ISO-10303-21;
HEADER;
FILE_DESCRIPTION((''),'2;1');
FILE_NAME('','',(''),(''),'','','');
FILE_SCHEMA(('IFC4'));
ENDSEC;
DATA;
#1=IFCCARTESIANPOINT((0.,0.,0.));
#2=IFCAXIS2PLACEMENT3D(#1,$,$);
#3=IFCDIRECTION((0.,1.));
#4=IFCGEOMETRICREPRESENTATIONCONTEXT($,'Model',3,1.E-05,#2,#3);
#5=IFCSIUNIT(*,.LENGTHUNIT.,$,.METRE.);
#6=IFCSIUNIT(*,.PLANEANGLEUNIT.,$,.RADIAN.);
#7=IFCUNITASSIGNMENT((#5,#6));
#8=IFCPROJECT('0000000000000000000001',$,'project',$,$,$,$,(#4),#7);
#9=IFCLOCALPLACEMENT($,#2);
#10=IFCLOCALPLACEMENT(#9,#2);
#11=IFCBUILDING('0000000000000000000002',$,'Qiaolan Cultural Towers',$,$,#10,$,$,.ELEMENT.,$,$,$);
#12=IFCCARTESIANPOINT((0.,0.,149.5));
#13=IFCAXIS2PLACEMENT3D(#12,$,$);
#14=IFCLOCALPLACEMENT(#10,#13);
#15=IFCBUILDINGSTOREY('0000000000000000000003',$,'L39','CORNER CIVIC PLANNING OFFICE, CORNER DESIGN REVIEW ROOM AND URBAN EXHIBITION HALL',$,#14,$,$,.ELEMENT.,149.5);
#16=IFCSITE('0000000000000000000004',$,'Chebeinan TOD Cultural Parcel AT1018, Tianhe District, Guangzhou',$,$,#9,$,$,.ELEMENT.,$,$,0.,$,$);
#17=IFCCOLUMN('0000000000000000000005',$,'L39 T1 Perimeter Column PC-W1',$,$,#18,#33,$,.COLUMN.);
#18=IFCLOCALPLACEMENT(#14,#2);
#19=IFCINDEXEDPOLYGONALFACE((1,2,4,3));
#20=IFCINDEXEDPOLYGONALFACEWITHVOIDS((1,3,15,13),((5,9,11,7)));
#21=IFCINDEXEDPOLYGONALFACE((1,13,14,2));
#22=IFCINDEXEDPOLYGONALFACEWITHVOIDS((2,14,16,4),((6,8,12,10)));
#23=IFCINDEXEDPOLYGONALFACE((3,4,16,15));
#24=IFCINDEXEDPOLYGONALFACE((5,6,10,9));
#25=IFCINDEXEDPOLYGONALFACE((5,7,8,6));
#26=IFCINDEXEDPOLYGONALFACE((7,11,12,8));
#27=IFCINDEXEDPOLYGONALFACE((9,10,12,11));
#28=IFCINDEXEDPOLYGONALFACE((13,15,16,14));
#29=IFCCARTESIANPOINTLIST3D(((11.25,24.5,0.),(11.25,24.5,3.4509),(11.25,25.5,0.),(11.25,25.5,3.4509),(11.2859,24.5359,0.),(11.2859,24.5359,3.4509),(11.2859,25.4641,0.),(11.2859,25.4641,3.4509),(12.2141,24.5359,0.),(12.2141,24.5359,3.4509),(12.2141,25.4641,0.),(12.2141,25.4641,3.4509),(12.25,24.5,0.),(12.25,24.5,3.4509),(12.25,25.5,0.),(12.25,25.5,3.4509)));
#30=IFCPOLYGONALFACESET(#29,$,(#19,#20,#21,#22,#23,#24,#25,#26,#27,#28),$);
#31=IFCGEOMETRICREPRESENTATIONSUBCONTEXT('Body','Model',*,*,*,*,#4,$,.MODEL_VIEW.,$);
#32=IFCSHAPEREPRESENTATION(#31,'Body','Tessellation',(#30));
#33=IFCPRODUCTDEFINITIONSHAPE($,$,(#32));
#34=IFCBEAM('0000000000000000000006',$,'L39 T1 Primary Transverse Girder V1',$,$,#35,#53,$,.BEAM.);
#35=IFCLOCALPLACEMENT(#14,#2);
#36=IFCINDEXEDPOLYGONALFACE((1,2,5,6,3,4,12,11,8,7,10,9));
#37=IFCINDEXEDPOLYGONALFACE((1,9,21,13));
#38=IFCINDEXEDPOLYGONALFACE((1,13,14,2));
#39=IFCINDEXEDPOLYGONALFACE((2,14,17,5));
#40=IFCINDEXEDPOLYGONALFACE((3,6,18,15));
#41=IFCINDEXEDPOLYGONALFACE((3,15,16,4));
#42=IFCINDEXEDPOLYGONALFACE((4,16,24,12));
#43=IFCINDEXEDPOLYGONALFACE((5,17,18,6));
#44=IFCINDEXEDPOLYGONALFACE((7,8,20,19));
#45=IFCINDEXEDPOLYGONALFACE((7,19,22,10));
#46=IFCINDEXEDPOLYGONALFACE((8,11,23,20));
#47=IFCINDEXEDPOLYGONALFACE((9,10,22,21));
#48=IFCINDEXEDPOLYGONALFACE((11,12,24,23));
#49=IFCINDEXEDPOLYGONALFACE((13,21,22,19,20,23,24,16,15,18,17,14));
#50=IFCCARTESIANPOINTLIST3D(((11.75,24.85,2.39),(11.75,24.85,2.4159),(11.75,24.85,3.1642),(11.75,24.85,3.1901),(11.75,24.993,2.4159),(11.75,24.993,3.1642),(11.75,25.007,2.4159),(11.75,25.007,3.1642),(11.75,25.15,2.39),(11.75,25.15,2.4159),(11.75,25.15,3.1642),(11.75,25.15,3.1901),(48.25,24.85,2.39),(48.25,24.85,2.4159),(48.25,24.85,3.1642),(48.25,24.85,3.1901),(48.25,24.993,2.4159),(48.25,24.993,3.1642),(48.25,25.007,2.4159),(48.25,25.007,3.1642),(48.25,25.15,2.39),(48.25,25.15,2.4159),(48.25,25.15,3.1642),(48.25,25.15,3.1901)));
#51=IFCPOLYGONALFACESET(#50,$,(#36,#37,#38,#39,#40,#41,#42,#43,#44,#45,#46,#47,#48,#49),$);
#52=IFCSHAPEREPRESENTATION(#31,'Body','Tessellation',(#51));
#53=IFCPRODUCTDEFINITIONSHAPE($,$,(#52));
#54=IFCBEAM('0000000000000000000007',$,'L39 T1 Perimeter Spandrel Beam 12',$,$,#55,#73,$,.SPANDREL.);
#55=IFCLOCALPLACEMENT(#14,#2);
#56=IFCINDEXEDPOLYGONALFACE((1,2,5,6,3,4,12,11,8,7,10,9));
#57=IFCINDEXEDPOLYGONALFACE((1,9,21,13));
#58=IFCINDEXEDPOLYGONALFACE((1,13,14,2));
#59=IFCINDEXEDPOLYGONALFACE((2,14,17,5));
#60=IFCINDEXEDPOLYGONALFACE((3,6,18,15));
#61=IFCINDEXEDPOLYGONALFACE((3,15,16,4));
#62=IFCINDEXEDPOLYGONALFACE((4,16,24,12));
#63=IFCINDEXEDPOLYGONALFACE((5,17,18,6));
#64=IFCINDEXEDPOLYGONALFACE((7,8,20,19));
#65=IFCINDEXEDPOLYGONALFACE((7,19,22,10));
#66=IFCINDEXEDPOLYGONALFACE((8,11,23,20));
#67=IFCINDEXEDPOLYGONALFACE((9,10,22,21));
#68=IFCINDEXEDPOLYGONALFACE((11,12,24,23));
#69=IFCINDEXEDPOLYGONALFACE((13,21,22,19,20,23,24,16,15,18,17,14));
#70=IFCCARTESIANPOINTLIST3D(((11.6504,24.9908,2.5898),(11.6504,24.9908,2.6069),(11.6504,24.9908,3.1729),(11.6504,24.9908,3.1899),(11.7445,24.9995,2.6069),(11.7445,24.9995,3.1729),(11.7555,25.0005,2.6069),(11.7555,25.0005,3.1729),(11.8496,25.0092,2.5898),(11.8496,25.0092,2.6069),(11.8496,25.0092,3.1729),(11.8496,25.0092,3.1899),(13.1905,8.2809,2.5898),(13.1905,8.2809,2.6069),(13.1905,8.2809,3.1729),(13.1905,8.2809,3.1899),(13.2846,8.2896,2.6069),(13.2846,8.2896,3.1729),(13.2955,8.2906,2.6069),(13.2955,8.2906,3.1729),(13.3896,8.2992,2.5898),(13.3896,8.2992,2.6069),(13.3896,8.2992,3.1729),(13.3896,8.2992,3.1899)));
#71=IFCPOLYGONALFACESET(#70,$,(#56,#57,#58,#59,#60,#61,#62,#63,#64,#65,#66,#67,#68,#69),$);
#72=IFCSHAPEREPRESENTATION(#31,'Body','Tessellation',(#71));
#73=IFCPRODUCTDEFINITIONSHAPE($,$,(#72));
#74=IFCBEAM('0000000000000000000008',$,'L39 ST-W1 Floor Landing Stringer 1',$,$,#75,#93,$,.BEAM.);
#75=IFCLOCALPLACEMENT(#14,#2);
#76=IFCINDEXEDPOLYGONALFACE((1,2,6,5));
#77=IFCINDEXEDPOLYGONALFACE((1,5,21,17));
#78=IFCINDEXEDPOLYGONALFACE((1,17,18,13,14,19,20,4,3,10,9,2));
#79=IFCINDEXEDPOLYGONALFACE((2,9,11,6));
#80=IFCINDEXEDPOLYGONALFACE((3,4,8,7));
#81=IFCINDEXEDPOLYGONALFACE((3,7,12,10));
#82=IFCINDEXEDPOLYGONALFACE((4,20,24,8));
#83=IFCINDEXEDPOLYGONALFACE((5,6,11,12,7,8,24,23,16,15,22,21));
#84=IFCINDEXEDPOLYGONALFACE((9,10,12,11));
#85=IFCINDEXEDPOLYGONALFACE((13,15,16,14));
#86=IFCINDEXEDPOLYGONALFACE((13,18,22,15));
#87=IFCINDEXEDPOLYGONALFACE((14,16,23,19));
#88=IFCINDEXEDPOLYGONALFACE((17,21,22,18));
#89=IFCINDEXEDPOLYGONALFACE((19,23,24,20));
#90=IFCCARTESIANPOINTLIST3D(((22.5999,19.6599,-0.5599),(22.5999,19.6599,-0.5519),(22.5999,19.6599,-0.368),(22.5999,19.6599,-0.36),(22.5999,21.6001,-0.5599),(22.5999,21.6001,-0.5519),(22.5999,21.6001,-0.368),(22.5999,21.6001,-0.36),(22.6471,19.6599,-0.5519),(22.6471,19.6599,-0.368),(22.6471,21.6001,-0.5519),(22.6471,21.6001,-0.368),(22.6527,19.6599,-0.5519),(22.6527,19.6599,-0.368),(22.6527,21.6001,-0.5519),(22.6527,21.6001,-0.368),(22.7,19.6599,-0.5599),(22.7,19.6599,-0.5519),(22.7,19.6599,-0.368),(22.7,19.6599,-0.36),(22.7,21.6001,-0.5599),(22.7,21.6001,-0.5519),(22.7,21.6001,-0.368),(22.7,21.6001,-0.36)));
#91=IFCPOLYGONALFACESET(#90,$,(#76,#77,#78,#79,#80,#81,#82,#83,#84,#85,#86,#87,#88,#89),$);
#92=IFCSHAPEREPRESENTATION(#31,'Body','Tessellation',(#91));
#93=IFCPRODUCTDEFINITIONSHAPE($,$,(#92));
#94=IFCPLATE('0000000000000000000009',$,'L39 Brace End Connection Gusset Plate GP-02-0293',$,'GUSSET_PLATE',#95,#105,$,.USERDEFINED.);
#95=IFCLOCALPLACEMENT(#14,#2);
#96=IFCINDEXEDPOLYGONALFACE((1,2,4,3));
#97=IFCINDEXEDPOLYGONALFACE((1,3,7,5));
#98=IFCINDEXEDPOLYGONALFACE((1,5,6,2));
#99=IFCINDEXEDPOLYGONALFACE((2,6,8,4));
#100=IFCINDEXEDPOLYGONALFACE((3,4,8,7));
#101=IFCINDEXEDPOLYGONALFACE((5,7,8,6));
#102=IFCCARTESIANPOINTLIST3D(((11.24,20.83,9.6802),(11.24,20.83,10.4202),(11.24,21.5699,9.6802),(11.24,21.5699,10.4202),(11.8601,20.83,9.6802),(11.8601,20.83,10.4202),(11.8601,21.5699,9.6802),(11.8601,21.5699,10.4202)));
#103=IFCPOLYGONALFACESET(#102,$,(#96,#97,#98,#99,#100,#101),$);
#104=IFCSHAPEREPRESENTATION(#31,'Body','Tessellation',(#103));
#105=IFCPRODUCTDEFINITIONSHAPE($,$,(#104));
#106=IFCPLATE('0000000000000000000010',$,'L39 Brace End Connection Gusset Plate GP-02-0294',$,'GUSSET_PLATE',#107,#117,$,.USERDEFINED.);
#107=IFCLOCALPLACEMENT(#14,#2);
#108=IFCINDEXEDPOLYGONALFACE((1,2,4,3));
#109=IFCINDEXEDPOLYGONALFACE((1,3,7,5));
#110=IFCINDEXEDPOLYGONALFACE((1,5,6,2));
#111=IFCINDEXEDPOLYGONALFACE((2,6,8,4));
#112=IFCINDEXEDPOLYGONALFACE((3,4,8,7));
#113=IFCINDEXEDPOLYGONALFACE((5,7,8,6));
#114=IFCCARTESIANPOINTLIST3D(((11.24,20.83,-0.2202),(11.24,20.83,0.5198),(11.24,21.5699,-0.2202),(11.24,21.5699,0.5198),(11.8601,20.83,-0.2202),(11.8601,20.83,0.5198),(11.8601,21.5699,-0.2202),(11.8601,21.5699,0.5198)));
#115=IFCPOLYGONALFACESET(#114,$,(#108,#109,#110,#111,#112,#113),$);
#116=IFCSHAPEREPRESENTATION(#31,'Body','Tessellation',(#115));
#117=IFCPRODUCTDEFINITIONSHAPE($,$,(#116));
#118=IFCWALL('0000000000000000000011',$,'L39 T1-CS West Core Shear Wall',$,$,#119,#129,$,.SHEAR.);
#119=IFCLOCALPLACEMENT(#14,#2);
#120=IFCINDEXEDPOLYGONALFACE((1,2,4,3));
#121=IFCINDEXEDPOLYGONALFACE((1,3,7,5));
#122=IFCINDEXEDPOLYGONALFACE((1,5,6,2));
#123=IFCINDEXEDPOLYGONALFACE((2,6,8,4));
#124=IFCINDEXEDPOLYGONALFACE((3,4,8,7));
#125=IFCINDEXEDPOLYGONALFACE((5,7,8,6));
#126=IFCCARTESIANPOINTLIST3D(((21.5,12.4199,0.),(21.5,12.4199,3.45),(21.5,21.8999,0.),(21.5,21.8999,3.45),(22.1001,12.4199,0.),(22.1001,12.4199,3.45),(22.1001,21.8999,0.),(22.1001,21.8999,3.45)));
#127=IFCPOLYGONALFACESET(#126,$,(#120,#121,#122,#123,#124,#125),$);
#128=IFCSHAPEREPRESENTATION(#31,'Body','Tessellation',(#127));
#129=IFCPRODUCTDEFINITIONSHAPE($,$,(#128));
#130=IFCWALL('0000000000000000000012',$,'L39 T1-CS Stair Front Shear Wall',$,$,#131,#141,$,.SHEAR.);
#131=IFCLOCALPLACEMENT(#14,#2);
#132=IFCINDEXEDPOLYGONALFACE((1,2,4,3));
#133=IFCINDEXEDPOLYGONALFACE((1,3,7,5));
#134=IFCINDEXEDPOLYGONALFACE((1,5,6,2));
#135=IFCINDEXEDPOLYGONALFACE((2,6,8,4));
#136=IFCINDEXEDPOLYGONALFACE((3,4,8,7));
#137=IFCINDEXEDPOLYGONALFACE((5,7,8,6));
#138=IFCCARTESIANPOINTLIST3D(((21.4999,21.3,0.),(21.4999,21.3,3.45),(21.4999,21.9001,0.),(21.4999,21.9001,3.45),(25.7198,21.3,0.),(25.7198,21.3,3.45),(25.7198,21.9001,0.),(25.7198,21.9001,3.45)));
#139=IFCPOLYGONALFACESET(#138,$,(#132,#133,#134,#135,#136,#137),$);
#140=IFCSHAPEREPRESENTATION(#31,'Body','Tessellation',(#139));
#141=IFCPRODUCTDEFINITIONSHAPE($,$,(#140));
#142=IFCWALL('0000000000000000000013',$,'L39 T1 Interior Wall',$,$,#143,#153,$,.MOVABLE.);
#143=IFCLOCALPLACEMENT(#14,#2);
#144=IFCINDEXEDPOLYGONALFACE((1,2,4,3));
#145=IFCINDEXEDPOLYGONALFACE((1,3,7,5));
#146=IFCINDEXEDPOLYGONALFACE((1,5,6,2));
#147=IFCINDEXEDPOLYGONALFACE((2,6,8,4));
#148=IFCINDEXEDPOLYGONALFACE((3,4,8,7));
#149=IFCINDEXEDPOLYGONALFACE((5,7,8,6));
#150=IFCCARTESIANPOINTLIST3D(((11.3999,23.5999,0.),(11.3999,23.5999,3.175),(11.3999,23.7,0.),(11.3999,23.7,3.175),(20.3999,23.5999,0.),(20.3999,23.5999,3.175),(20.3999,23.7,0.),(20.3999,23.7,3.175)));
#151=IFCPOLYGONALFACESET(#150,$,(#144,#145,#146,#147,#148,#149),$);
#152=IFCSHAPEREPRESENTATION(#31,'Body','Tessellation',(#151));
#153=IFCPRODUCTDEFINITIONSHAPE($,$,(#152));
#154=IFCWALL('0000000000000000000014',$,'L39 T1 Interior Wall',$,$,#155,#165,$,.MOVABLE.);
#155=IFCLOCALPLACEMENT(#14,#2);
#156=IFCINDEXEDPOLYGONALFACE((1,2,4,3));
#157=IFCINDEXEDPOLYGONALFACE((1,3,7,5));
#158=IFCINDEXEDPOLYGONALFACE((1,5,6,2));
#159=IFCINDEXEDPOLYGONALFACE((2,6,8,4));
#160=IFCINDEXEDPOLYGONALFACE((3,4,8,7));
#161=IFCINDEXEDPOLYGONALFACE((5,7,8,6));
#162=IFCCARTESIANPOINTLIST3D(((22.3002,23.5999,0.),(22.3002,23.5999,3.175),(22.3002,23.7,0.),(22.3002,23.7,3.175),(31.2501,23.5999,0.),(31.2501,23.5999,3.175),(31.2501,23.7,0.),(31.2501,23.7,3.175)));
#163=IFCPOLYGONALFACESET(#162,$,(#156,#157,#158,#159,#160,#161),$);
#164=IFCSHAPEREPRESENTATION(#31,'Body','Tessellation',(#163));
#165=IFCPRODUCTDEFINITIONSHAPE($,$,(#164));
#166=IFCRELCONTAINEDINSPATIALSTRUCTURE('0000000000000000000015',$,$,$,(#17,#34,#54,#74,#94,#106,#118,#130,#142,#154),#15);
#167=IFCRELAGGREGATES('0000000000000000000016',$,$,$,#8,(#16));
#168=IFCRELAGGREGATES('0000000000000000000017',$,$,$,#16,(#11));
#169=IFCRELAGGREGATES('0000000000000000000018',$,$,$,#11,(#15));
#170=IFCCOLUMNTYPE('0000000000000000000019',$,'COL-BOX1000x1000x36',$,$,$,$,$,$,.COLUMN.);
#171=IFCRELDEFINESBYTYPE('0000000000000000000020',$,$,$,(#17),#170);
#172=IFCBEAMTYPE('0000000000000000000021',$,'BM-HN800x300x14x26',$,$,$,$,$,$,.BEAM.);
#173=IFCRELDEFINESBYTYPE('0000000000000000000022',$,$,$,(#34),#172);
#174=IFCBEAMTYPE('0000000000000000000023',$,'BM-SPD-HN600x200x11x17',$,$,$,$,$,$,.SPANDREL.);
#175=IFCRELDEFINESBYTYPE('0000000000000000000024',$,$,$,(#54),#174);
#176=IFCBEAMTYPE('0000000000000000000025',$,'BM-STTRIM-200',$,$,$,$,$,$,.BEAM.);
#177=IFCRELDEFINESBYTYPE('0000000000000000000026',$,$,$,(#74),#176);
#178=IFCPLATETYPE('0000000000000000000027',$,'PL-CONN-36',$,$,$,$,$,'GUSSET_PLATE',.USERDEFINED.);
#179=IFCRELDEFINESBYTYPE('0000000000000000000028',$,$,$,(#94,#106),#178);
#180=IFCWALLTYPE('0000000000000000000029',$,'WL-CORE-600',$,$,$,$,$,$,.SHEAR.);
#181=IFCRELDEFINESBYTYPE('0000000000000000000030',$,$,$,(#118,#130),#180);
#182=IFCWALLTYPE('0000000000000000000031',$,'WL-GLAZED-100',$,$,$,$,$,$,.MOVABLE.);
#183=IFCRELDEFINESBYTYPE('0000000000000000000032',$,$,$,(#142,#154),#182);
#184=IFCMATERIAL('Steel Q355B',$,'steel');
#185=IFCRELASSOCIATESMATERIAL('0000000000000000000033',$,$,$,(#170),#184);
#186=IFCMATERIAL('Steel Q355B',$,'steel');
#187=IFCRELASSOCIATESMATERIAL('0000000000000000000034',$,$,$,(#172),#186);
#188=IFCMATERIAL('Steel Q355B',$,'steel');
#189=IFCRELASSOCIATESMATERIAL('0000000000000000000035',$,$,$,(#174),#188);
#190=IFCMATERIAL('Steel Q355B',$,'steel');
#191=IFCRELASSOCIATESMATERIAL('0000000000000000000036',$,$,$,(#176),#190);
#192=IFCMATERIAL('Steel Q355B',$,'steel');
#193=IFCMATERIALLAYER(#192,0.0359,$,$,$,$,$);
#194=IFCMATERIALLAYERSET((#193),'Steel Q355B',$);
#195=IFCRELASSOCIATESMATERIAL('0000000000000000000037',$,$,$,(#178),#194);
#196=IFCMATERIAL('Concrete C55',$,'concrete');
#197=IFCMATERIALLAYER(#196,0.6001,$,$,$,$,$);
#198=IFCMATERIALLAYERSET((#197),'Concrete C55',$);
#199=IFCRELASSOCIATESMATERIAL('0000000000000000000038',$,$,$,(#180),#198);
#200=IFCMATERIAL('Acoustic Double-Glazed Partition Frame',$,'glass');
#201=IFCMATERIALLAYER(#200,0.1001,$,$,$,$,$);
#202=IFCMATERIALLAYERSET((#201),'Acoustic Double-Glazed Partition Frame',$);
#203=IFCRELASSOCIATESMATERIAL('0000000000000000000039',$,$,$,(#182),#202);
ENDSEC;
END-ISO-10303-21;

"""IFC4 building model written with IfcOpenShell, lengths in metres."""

from ifc_helpers import new_model, si_unit, direction, frame, frame_2d, origin, origin_2d, place, context, subcontext, project, spatial, rectangle, hollow_rectangle, i_section, extrude, material, layer, layer_set, material_profile, profile_set, type_object, element, save


model = new_model("IFC4")

# Units and contexts
model_context = context("Model", 3, precision=1e-05, world=origin(), true_north=direction((0.0, 1.0)))
body_context = subcontext(model_context, "Body", "Model", "MODEL_VIEW")
ifc_project = project(units=[si_unit("LENGTHUNIT", "METRE"), si_unit("PLANEANGLEUNIT", "RADIAN")], contexts=[model_context])

# Site, building, storey
site_placement = place(None, origin())
site = spatial("IfcSite", under=ifc_project, at=site_placement, Name="Chebeinan TOD Cultural Parcel AT1018, Tianhe District, Guangzhou", CompositionType="ELEMENT", RefElevation=0.0)
building_placement = place(site_placement, origin())
building = spatial("IfcBuilding", under=site, at=building_placement, Name="Qiaolan Cultural Towers", CompositionType="ELEMENT")
storey_placement = place(building_placement, frame((0.0, 0.0, 149.5)))
storey = spatial("IfcBuildingStorey", under=building, at=storey_placement, Name="L39", Description="CORNER CIVIC PLANNING OFFICE, CORNER DESIGN REVIEW ROOM AND URBAN EXHIBITION HALL", CompositionType="ELEMENT", Elevation=149.5)

# Column
ifc_material_1 = material(Name="Steel Q355B", Category="steel")
ifc_material_profile_1 = material_profile(ifc_material_1, hollow_rectangle(XDim=1.0, YDim=1.0, WallThickness=0.0359, at=origin_2d()), Name="BOX1000x1000x36")
ifc_profile_set_1 = profile_set([ifc_material_profile_1], Name="Steel Q355B")
column_type = type_object("IfcColumnType", Name="COL-BOX1000x1000x36", PredefinedType="COLUMN", material=ifc_profile_set_1)
column_placement = place(storey_placement, frame((11.75, 25.0, 0.0), z_axis=(0.0, 0.0, 1.0), x_axis=(1.0, 0.0, 0.0)))
element("IfcColumn", 1, at=column_placement, inside=storey, type_object=column_type, Name="L39 T1 Perimeter Column PC-W1", PredefinedType="COLUMN", context=body_context, shape_type="SweptSolid", body=[
    extrude(hollow_rectangle(XDim=1.0, YDim=1.0, WallThickness=0.0359, at=origin_2d()), origin(), (0.0, 0.0, 1.0), 3.4509),
])

# Beams
ifc_material_2 = material(Name="Steel Q355B", Category="steel")
ifc_material_profile_2 = material_profile(ifc_material_2, i_section(OverallWidth=0.3, OverallDepth=0.8, WebThickness=0.0139, FlangeThickness=0.0259, at=origin_2d()), Name="HN800x300x14x26")
ifc_profile_set_2 = profile_set([ifc_material_profile_2], Name="Steel Q355B")
beam_type_1 = type_object("IfcBeamType", Name="BM-HN800x300x14x26", PredefinedType="BEAM", material=ifc_profile_set_2)
beam_1_placement = place(storey_placement, frame((11.75, 25.0, 2.79), z_axis=(1.0, 0.0, 0.0), x_axis=(0.0, 1.0, 0.0)))
element("IfcBeam", 2, at=beam_1_placement, inside=storey, type_object=beam_type_1, Name="L39 T1 Primary Transverse Girder V1", PredefinedType="BEAM", context=body_context, shape_type="SweptSolid", body=[
    extrude(i_section(OverallWidth=0.3, OverallDepth=0.8, WebThickness=0.0139, FlangeThickness=0.0259, at=origin_2d()), origin(), (0.0, 0.0, 1.0), 36.5),
])
ifc_material_3 = material(Name="Steel Q355B", Category="steel")
ifc_material_profile_3 = material_profile(ifc_material_3, i_section(OverallWidth=0.2, OverallDepth=0.6001, WebThickness=0.011, FlangeThickness=0.0171, at=origin_2d()), Name="HN600x200x11x17")
ifc_profile_set_3 = profile_set([ifc_material_profile_3], Name="Steel Q355B")
beam_type_2 = type_object("IfcBeamType", Name="BM-SPD-HN600x200x11x17", PredefinedType="SPANDREL", material=ifc_profile_set_3)
beam_2_placement = place(storey_placement, frame((11.75, 25.0, 2.8899), z_axis=(0.091774, -0.99578, 0.0), x_axis=(0.99578, 0.091774, 0.0)))
element("IfcBeam", 3, at=beam_2_placement, inside=storey, type_object=beam_type_2, Name="L39 T1 Perimeter Spandrel Beam 12", PredefinedType="SPANDREL", context=body_context, shape_type="SweptSolid", body=[
    extrude(i_section(OverallWidth=0.2, OverallDepth=0.6001, WebThickness=0.011, FlangeThickness=0.0171, at=origin_2d()), origin(), (0.0, 0.0, 1.0), 16.7808),
])
ifc_material_4 = material(Name="Steel Q355B", Category="steel")
ifc_material_profile_4 = material_profile(ifc_material_4, i_section(OverallWidth=0.1001, OverallDepth=0.2, WebThickness=0.0056, FlangeThickness=0.0081, at=origin_2d()), Name="HN200x100x5.5x8")
ifc_profile_set_4 = profile_set([ifc_material_profile_4], Name="Steel Q355B")
beam_type_3 = type_object("IfcBeamType", Name="BM-STTRIM-200", PredefinedType="BEAM", material=ifc_profile_set_4)
beam_3_placement = place(storey_placement, frame((22.6499, 21.6001, -0.46), z_axis=(0.0, -1.0, 0.0), x_axis=(1.0, 0.0, 0.0)))
element("IfcBeam", 4, at=beam_3_placement, inside=storey, type_object=beam_type_3, Name="L39 ST-W1 Floor Landing Stringer 1", PredefinedType="BEAM", context=body_context, shape_type="SweptSolid", body=[
    extrude(i_section(OverallWidth=0.1001, OverallDepth=0.2, WebThickness=0.0056, FlangeThickness=0.0081, at=origin_2d()), origin(), (0.0, 0.0, 1.0), 1.9402),
])

# Plates
ifc_material_5 = material(Name="Steel Q355B", Category="steel")
ifc_layer_1 = layer(ifc_material_5, 0.0359)
ifc_layer_set_1 = layer_set([ifc_layer_1], Name="Steel Q355B")
plate_type = type_object("IfcPlateType", Name="PL-CONN-36", ElementType="GUSSET_PLATE", PredefinedType="USERDEFINED", material=ifc_layer_set_1)
for number, where, z_axis, x_axis, name in (
    (5, (11.55, 21.2, 9.6802), (0.0, 0.0, 1.0), (0.0, 1.0, 0.0), "L39 Brace End Connection Gusset Plate GP-02-0293"),
    (6, (11.55, 21.2, -0.2202), (0.0, 0.0, 1.0), (0.0, 1.0, 0.0), "L39 Brace End Connection Gusset Plate GP-02-0294"),
):
    element("IfcPlate", number, at=place(storey_placement, frame(where, z_axis=z_axis, x_axis=x_axis)), inside=storey, type_object=plate_type, Name=name, ObjectType="GUSSET_PLATE", PredefinedType="USERDEFINED", context=body_context, shape_type="SweptSolid", body=[
        extrude(rectangle(XDim=0.74, YDim=0.6201, at=origin_2d()), origin(), (0.0, 0.0, 1.0), 0.74),
    ])

# Walls
ifc_material_6 = material(Name="Concrete C55", Category="concrete")
ifc_layer_2 = layer(ifc_material_6, 0.6001)
ifc_layer_set_2 = layer_set([ifc_layer_2], Name="Concrete C55")
wall_type_1 = type_object("IfcWallType", Name="WL-CORE-600", PredefinedType="SHEAR", material=ifc_layer_set_2)
wall_1_placement = place(storey_placement, frame((21.8, 21.8999, 0.0), z_axis=(0.0, 0.0, 1.0), x_axis=(0.0, -1.0, 0.0)))
element("IfcWall", 7, at=wall_1_placement, inside=storey, type_object=wall_type_1, Name="L39 T1-CS West Core Shear Wall", PredefinedType="SHEAR", context=body_context, shape_type="SweptSolid", body=[
    extrude(rectangle(XDim=9.48, YDim=0.6001, at=frame_2d((4.74, 0.0))), origin(), (0.0, 0.0, 1.0), 3.45),
])
wall_2_placement = place(storey_placement, frame((21.5, 21.6001, 0.0), z_axis=(0.0, 0.0, 1.0), x_axis=(1.0, 0.0, 0.0)))
element("IfcWall", 8, at=wall_2_placement, inside=storey, type_object=wall_type_1, Name="L39 T1-CS Stair Front Shear Wall", PredefinedType="SHEAR", context=body_context, shape_type="SweptSolid", body=[
    extrude(rectangle(XDim=4.22, YDim=0.6001, at=frame_2d((2.1099, 0.0))), origin(), (0.0, 0.0, 1.0), 3.45),
])
ifc_material_7 = material(Name="Acoustic Double-Glazed Partition Frame", Category="glass")
ifc_layer_3 = layer(ifc_material_7, 0.1001)
ifc_layer_set_3 = layer_set([ifc_layer_3], Name="Acoustic Double-Glazed Partition Frame")
wall_type_2 = type_object("IfcWallType", Name="WL-GLAZED-100", PredefinedType="MOVABLE", material=ifc_layer_set_3)
wall_3_placement = place(storey_placement, frame((11.3999, 23.6499, 0.0), z_axis=(0.0, 0.0, 1.0), x_axis=(1.0, 0.0, 0.0)))
element("IfcWall", 9, at=wall_3_placement, inside=storey, type_object=wall_type_2, Name="L39 T1 Interior Wall", PredefinedType="MOVABLE", context=body_context, shape_type="SweptSolid", body=[
    extrude(rectangle(XDim=9.0, YDim=0.1001, at=frame_2d((4.5, 0.0))), origin(), (0.0, 0.0, 1.0), 3.175),
])
wall_4_placement = place(storey_placement, frame((22.3, 23.6499, 0.0), z_axis=(0.0, 0.0, 1.0), x_axis=(1.0, 0.0, 0.0)))
element("IfcWall", 10, at=wall_4_placement, inside=storey, type_object=wall_type_2, Name="L39 T1 Interior Wall", PredefinedType="MOVABLE", context=body_context, shape_type="SweptSolid", body=[
    extrude(rectangle(XDim=8.95, YDim=0.1001, at=frame_2d((4.4751, 0.0))), origin(), (0.0, 0.0, 1.0), 3.175),
])

save(model, "model.ifc")
